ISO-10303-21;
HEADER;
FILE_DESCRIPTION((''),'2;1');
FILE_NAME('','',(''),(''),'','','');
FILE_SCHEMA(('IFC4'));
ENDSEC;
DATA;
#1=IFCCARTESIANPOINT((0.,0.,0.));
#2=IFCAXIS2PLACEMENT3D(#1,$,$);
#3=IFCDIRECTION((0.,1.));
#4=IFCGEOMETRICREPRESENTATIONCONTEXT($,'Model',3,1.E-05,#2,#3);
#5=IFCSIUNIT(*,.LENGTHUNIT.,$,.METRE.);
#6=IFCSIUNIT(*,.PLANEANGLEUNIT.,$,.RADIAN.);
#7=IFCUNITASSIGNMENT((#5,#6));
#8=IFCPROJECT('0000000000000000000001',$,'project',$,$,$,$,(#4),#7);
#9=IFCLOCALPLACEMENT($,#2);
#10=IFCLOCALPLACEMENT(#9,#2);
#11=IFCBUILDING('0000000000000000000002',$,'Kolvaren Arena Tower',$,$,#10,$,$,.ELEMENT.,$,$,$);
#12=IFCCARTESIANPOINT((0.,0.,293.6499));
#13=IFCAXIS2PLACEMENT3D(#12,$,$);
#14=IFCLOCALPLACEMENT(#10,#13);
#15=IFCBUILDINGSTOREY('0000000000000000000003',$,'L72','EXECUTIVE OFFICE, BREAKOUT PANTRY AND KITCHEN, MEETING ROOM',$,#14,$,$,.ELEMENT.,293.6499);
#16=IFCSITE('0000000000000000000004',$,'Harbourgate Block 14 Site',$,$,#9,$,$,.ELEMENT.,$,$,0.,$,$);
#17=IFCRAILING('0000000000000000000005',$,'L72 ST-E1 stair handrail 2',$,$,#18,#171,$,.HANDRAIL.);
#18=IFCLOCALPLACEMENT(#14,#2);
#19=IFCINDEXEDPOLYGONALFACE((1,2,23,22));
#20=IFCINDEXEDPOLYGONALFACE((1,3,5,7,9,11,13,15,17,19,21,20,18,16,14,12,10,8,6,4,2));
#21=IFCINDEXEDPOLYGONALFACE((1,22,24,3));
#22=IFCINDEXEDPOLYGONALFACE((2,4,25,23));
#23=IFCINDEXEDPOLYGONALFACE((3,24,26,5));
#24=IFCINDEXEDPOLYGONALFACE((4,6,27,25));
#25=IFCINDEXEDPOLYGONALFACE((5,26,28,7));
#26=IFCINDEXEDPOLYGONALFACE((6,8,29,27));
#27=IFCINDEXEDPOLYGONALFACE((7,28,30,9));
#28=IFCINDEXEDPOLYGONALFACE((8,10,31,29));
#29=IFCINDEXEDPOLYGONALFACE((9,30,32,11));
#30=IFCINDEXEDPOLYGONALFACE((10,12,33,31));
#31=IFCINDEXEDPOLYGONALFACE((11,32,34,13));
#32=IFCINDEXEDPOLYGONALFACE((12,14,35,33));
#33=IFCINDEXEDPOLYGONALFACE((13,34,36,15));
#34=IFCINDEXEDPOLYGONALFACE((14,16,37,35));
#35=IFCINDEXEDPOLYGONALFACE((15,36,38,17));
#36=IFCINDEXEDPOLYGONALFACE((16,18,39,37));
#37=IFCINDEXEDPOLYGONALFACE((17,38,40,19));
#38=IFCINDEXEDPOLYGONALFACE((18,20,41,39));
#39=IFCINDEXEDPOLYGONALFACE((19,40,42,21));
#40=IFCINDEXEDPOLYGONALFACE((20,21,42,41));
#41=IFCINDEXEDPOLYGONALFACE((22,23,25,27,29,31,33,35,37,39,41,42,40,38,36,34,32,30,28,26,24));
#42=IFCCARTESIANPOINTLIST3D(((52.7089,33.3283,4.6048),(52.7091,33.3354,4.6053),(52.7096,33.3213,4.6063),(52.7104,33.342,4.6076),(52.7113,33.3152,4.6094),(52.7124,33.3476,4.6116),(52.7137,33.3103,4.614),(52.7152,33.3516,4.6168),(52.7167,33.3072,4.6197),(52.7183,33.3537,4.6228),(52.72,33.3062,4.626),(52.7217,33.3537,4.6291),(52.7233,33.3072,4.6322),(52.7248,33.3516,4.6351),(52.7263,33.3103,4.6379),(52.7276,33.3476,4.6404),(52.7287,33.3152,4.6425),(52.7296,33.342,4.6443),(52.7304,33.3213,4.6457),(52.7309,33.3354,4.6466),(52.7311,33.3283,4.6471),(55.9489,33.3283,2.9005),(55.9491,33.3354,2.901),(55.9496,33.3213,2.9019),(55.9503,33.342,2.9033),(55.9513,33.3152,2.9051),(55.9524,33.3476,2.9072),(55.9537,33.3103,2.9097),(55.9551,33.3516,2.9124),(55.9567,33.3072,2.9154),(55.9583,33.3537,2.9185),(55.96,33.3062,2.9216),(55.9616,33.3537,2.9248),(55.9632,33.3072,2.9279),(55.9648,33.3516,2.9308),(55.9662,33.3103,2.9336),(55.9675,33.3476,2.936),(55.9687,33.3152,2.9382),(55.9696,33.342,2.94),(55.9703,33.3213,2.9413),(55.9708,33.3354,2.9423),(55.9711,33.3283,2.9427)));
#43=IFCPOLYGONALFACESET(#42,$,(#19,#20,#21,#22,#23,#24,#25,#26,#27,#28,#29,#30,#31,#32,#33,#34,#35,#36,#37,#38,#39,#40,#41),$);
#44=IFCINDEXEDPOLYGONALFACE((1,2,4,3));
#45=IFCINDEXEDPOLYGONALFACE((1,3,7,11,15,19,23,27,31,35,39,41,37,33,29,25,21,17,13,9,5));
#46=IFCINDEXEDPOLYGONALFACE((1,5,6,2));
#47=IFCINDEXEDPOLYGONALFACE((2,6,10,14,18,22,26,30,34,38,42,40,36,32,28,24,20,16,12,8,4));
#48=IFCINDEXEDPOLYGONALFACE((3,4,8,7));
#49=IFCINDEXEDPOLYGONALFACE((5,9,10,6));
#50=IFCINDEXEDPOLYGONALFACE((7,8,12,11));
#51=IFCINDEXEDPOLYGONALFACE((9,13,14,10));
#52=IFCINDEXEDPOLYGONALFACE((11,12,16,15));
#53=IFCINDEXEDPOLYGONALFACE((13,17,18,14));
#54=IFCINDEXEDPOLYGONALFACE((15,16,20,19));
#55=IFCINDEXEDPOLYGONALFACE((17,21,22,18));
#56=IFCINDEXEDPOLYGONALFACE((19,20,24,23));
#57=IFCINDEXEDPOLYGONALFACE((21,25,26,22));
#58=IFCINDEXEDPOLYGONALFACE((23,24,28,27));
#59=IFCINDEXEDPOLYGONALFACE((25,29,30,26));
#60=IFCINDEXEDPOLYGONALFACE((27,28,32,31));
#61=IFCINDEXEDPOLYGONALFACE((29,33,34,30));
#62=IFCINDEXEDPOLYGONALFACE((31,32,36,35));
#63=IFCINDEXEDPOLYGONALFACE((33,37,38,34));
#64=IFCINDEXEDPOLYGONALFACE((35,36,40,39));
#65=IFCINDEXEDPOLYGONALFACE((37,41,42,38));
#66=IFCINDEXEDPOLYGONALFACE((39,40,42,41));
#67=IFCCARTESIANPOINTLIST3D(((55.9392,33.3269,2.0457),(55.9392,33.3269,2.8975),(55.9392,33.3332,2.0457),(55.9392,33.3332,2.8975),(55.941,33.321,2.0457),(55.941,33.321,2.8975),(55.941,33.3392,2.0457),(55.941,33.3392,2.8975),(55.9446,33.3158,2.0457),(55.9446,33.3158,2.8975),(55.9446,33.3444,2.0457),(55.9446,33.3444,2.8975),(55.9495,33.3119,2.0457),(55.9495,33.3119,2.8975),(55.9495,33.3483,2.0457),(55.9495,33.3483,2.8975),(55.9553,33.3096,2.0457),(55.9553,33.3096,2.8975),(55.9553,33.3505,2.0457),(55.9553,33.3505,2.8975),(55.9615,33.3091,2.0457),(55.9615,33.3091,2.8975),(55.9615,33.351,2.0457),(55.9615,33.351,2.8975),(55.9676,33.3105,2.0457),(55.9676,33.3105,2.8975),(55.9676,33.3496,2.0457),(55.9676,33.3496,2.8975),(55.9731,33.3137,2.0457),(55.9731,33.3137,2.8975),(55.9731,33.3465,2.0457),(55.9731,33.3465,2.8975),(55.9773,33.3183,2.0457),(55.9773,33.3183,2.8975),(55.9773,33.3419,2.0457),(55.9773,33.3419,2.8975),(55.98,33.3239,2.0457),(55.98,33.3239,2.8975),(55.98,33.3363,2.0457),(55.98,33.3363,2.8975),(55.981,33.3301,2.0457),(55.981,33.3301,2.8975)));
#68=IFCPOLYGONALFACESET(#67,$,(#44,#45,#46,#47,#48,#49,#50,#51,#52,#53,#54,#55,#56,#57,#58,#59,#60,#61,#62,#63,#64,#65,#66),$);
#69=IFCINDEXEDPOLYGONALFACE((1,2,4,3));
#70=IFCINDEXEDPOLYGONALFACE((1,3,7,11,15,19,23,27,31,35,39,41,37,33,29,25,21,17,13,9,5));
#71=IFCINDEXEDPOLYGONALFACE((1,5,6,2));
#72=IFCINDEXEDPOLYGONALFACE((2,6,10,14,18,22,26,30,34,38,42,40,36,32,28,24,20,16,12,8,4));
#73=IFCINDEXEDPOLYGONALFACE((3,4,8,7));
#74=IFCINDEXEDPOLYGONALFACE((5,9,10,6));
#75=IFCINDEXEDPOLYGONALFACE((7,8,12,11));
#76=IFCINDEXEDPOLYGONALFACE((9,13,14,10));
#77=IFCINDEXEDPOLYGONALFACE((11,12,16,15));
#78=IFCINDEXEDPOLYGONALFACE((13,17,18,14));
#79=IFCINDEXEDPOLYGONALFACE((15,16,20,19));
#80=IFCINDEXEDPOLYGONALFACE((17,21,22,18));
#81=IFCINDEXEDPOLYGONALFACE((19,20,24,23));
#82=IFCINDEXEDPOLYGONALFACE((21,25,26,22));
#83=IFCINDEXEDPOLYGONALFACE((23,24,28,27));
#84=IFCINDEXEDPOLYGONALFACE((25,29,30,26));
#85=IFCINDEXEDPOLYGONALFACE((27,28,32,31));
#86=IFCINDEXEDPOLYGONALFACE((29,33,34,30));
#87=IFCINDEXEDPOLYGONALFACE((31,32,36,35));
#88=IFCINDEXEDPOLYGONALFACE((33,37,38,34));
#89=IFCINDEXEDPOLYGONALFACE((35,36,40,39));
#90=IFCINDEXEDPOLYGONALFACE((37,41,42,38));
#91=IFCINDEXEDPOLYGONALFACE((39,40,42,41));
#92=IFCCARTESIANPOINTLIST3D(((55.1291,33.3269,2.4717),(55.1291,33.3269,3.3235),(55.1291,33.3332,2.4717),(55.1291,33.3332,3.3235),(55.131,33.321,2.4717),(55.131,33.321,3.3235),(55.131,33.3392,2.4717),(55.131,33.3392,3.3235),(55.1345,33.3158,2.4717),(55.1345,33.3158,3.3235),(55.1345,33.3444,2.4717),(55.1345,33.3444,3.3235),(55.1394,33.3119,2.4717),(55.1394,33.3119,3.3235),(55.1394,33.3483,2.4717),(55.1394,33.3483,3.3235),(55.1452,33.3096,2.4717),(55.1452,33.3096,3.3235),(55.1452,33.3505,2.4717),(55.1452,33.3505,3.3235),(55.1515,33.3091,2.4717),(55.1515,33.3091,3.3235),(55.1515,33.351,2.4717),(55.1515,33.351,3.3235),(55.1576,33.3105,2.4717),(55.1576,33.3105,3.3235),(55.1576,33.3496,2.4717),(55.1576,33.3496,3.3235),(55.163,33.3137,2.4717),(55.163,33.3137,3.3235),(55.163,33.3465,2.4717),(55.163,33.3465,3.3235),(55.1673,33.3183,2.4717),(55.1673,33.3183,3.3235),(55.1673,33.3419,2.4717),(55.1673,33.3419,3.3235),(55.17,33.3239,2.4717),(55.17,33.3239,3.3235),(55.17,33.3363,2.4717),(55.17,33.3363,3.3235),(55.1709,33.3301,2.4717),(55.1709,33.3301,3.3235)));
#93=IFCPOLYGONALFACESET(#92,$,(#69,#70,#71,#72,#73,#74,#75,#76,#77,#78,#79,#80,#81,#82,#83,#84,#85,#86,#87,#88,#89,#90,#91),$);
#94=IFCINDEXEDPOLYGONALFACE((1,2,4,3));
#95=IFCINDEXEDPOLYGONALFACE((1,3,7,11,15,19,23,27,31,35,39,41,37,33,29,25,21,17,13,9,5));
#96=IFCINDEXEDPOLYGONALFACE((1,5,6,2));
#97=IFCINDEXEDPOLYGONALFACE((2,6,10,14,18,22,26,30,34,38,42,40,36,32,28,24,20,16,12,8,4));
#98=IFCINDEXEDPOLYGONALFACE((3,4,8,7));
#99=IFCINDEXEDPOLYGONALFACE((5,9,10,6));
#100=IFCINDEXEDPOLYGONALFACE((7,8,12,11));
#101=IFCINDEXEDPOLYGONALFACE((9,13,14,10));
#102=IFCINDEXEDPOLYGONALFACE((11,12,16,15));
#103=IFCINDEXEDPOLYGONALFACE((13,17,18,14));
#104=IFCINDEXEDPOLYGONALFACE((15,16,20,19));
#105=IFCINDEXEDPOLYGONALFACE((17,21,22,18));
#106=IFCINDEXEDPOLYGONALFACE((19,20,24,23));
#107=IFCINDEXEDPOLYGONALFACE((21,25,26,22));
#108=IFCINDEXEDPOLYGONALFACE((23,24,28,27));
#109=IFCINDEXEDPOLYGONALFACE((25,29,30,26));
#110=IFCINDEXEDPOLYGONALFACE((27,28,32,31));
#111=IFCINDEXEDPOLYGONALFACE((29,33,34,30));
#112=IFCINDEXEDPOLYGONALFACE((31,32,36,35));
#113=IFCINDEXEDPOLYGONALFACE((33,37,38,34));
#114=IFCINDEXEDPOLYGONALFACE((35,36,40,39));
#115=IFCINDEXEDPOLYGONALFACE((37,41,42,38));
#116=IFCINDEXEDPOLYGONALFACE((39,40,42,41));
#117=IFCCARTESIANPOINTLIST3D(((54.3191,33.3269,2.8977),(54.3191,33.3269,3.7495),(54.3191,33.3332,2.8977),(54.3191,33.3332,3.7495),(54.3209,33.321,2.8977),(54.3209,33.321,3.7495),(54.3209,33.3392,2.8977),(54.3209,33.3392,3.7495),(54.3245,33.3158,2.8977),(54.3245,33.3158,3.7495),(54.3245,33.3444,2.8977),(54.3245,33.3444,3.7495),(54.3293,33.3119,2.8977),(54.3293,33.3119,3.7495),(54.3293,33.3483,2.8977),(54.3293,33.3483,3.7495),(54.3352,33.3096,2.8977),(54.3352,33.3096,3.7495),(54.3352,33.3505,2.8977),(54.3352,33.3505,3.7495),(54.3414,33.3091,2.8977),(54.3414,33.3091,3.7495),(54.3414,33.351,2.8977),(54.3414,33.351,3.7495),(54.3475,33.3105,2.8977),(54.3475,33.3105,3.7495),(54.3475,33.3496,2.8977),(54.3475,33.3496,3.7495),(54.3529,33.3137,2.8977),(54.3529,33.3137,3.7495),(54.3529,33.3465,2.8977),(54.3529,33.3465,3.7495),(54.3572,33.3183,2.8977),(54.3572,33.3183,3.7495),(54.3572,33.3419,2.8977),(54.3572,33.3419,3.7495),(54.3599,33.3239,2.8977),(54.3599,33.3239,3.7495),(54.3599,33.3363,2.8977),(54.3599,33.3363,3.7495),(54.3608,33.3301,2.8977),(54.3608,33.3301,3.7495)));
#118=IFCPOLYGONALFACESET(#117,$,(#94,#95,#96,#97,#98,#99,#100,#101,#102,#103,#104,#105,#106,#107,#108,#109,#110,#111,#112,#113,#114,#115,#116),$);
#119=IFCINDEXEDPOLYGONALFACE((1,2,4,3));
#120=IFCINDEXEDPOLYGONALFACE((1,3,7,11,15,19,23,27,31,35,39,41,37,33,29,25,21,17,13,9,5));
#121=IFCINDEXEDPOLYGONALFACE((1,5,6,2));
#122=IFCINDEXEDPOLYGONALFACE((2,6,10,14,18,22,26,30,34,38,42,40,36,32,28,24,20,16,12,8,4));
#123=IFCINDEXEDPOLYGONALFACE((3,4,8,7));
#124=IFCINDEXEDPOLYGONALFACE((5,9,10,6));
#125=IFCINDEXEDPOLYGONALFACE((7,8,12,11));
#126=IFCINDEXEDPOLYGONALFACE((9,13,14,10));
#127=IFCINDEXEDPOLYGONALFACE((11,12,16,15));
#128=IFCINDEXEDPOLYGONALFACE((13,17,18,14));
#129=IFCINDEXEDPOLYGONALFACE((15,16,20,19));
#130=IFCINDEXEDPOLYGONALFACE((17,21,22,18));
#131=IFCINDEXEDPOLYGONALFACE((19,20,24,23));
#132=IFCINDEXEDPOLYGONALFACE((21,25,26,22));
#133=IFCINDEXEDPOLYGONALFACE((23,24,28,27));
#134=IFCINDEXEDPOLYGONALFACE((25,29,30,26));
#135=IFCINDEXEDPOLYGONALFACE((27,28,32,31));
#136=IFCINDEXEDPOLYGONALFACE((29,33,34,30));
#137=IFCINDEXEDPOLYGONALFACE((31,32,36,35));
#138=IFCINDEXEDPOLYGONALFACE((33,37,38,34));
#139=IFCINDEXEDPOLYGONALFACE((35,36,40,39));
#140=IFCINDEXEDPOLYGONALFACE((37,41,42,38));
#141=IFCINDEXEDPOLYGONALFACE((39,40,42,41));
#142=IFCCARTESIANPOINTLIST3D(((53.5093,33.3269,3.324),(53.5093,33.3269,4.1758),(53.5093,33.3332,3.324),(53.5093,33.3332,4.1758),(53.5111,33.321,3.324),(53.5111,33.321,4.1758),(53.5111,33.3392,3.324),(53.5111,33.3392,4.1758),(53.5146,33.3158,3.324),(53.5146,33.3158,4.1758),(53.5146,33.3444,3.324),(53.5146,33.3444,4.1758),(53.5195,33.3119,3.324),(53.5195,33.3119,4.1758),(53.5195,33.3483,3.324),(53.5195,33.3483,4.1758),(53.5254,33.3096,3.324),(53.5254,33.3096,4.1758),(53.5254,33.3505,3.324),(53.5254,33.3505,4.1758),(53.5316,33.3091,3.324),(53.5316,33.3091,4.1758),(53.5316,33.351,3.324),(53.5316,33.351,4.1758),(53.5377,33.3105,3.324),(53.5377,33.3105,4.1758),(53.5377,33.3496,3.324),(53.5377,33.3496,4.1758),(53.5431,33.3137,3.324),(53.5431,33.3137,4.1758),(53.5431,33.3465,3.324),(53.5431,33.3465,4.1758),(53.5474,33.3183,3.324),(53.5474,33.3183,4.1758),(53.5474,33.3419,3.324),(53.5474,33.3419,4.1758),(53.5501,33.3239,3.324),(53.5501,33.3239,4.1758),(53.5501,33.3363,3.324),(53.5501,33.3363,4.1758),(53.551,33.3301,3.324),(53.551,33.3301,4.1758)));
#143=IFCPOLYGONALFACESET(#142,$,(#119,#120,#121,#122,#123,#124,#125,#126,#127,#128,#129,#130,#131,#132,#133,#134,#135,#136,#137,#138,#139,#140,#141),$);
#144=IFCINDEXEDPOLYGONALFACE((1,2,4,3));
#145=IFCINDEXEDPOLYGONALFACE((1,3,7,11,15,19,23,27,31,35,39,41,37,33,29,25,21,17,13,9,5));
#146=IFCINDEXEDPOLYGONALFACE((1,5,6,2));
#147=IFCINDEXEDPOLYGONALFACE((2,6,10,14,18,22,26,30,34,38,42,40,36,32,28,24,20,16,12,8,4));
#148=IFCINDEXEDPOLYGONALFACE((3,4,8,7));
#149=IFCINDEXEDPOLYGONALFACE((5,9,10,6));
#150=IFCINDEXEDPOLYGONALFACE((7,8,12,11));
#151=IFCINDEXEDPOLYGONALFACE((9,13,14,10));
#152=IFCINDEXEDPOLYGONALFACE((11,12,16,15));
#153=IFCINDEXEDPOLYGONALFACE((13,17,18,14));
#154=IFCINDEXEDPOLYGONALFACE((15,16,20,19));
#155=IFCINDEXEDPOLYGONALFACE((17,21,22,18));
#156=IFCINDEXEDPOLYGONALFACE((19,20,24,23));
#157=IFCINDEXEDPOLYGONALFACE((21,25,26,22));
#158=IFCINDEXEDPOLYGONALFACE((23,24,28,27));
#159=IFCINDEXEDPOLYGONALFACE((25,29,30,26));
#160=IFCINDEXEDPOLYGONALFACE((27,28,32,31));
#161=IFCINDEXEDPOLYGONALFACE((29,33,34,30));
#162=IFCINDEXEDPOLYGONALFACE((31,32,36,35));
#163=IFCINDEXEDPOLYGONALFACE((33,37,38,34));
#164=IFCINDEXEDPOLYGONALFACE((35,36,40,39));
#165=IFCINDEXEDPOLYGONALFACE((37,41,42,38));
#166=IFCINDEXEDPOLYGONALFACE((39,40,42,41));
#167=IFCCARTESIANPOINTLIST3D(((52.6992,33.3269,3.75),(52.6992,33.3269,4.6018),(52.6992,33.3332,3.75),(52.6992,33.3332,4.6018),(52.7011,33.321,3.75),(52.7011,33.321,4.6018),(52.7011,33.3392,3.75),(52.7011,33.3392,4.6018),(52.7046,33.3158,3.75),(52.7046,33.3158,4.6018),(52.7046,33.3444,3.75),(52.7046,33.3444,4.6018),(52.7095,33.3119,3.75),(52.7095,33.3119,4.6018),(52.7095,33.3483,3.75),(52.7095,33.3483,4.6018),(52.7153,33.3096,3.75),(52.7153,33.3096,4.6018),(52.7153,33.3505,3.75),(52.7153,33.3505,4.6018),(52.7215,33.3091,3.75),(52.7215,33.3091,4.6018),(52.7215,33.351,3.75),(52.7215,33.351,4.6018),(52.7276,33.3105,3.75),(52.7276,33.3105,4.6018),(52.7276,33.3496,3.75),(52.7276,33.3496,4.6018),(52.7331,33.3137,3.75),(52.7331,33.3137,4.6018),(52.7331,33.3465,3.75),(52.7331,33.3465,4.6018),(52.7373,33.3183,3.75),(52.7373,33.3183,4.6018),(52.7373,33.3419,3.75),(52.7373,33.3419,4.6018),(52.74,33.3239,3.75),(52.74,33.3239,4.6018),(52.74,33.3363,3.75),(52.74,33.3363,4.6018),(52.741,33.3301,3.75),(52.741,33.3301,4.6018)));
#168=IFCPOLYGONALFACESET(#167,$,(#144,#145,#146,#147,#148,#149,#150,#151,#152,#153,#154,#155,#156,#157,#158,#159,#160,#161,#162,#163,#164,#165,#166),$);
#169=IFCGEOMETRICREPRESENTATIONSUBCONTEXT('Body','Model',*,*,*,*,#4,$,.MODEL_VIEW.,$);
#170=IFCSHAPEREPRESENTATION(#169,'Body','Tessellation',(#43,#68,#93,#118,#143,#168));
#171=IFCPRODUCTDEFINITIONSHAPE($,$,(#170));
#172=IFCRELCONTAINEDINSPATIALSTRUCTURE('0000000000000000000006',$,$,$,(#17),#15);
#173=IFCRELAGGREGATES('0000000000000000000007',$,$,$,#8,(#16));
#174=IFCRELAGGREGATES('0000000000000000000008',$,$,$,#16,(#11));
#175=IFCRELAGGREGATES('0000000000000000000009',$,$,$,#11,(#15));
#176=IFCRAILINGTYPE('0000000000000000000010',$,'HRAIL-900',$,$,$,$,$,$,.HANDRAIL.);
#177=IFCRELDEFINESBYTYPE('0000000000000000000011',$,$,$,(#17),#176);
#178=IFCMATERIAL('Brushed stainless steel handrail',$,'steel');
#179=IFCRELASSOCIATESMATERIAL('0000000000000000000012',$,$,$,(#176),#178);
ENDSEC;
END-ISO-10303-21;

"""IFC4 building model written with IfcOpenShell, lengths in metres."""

from ifc_helpers import new_model, si_unit, direction, frame, origin, origin_2d, place, context, subcontext, project, spatial, circle, extrude, material, type_object, element, save


model = new_model("IFC4")

# Units and contexts
model_context = context("Model", 3, precision=1e-05, world=origin(), true_north=direction((0.0, 1.0)))
body_context = subcontext(model_context, "Body", "Model", "MODEL_VIEW")
ifc_project = project(units=[si_unit("LENGTHUNIT", "METRE"), si_unit("PLANEANGLEUNIT", "RADIAN")], contexts=[model_context])

# Site, building, storey
site_placement = place(None, origin())
site = spatial("IfcSite", under=ifc_project, at=site_placement, Name="Harbourgate Block 14 Site", CompositionType="ELEMENT", RefElevation=0.0)
building_placement = place(site_placement, origin())
building = spatial("IfcBuilding", under=site, at=building_placement, Name="Kolvaren Arena Tower", CompositionType="ELEMENT")
storey_placement = place(building_placement, frame((0.0, 0.0, 293.6499)))
storey = spatial("IfcBuildingStorey", under=building, at=storey_placement, Name="L72", Description="EXECUTIVE OFFICE, BREAKOUT PANTRY AND KITCHEN, MEETING ROOM", CompositionType="ELEMENT", Elevation=293.6499)

# Railing
ifc_material_1 = material(Name="Brushed stainless steel handrail", Category="steel")
railing_type_1 = type_object("IfcRailingType", Name="HRAIL-900", PredefinedType="HANDRAIL", material=ifc_material_1)
for number, where, name in (
    (1, (55.96, 33.3301, 2.0457), "L72 ST-E1 stair handrail 2"),
):
    element("IfcRailing", number, at=place(storey_placement, frame(where)), inside=storey, type_object=railing_type_1, Name=name, PredefinedType="HANDRAIL", context=body_context, shape_type="SweptSolid", body=[
        extrude(circle(Radius=0.0239, at=origin_2d()), frame((0.0, 0.0, 0.876), z_axis=(-0.885021, 0.0, 0.465551), x_axis=(0.0, -1.0, 0.0)), (0.0, 0.0, 1.0), 3.6609),
        extrude(circle(Radius=0.021, at=origin_2d()), origin(), (0.0, 0.0, 1.0), 0.8518),
        extrude(circle(Radius=0.021, at=origin_2d()), frame((-0.8101, 0.0, 0.426)), (0.0, 0.0, 1.0), 0.8518),
        extrude(circle(Radius=0.021, at=origin_2d()), frame((-1.6201, 0.0, 0.8521)), (0.0, 0.0, 1.0), 0.8518),
        extrude(circle(Radius=0.021, at=origin_2d()), frame((-2.4299, 0.0, 1.2783)), (0.0, 0.0, 1.0), 0.8518),
        extrude(circle(Radius=0.021, at=origin_2d()), frame((-3.24, 0.0, 1.7043)), (0.0, 0.0, 1.0), 0.8518),
    ])

save(model, "model.ifc")
